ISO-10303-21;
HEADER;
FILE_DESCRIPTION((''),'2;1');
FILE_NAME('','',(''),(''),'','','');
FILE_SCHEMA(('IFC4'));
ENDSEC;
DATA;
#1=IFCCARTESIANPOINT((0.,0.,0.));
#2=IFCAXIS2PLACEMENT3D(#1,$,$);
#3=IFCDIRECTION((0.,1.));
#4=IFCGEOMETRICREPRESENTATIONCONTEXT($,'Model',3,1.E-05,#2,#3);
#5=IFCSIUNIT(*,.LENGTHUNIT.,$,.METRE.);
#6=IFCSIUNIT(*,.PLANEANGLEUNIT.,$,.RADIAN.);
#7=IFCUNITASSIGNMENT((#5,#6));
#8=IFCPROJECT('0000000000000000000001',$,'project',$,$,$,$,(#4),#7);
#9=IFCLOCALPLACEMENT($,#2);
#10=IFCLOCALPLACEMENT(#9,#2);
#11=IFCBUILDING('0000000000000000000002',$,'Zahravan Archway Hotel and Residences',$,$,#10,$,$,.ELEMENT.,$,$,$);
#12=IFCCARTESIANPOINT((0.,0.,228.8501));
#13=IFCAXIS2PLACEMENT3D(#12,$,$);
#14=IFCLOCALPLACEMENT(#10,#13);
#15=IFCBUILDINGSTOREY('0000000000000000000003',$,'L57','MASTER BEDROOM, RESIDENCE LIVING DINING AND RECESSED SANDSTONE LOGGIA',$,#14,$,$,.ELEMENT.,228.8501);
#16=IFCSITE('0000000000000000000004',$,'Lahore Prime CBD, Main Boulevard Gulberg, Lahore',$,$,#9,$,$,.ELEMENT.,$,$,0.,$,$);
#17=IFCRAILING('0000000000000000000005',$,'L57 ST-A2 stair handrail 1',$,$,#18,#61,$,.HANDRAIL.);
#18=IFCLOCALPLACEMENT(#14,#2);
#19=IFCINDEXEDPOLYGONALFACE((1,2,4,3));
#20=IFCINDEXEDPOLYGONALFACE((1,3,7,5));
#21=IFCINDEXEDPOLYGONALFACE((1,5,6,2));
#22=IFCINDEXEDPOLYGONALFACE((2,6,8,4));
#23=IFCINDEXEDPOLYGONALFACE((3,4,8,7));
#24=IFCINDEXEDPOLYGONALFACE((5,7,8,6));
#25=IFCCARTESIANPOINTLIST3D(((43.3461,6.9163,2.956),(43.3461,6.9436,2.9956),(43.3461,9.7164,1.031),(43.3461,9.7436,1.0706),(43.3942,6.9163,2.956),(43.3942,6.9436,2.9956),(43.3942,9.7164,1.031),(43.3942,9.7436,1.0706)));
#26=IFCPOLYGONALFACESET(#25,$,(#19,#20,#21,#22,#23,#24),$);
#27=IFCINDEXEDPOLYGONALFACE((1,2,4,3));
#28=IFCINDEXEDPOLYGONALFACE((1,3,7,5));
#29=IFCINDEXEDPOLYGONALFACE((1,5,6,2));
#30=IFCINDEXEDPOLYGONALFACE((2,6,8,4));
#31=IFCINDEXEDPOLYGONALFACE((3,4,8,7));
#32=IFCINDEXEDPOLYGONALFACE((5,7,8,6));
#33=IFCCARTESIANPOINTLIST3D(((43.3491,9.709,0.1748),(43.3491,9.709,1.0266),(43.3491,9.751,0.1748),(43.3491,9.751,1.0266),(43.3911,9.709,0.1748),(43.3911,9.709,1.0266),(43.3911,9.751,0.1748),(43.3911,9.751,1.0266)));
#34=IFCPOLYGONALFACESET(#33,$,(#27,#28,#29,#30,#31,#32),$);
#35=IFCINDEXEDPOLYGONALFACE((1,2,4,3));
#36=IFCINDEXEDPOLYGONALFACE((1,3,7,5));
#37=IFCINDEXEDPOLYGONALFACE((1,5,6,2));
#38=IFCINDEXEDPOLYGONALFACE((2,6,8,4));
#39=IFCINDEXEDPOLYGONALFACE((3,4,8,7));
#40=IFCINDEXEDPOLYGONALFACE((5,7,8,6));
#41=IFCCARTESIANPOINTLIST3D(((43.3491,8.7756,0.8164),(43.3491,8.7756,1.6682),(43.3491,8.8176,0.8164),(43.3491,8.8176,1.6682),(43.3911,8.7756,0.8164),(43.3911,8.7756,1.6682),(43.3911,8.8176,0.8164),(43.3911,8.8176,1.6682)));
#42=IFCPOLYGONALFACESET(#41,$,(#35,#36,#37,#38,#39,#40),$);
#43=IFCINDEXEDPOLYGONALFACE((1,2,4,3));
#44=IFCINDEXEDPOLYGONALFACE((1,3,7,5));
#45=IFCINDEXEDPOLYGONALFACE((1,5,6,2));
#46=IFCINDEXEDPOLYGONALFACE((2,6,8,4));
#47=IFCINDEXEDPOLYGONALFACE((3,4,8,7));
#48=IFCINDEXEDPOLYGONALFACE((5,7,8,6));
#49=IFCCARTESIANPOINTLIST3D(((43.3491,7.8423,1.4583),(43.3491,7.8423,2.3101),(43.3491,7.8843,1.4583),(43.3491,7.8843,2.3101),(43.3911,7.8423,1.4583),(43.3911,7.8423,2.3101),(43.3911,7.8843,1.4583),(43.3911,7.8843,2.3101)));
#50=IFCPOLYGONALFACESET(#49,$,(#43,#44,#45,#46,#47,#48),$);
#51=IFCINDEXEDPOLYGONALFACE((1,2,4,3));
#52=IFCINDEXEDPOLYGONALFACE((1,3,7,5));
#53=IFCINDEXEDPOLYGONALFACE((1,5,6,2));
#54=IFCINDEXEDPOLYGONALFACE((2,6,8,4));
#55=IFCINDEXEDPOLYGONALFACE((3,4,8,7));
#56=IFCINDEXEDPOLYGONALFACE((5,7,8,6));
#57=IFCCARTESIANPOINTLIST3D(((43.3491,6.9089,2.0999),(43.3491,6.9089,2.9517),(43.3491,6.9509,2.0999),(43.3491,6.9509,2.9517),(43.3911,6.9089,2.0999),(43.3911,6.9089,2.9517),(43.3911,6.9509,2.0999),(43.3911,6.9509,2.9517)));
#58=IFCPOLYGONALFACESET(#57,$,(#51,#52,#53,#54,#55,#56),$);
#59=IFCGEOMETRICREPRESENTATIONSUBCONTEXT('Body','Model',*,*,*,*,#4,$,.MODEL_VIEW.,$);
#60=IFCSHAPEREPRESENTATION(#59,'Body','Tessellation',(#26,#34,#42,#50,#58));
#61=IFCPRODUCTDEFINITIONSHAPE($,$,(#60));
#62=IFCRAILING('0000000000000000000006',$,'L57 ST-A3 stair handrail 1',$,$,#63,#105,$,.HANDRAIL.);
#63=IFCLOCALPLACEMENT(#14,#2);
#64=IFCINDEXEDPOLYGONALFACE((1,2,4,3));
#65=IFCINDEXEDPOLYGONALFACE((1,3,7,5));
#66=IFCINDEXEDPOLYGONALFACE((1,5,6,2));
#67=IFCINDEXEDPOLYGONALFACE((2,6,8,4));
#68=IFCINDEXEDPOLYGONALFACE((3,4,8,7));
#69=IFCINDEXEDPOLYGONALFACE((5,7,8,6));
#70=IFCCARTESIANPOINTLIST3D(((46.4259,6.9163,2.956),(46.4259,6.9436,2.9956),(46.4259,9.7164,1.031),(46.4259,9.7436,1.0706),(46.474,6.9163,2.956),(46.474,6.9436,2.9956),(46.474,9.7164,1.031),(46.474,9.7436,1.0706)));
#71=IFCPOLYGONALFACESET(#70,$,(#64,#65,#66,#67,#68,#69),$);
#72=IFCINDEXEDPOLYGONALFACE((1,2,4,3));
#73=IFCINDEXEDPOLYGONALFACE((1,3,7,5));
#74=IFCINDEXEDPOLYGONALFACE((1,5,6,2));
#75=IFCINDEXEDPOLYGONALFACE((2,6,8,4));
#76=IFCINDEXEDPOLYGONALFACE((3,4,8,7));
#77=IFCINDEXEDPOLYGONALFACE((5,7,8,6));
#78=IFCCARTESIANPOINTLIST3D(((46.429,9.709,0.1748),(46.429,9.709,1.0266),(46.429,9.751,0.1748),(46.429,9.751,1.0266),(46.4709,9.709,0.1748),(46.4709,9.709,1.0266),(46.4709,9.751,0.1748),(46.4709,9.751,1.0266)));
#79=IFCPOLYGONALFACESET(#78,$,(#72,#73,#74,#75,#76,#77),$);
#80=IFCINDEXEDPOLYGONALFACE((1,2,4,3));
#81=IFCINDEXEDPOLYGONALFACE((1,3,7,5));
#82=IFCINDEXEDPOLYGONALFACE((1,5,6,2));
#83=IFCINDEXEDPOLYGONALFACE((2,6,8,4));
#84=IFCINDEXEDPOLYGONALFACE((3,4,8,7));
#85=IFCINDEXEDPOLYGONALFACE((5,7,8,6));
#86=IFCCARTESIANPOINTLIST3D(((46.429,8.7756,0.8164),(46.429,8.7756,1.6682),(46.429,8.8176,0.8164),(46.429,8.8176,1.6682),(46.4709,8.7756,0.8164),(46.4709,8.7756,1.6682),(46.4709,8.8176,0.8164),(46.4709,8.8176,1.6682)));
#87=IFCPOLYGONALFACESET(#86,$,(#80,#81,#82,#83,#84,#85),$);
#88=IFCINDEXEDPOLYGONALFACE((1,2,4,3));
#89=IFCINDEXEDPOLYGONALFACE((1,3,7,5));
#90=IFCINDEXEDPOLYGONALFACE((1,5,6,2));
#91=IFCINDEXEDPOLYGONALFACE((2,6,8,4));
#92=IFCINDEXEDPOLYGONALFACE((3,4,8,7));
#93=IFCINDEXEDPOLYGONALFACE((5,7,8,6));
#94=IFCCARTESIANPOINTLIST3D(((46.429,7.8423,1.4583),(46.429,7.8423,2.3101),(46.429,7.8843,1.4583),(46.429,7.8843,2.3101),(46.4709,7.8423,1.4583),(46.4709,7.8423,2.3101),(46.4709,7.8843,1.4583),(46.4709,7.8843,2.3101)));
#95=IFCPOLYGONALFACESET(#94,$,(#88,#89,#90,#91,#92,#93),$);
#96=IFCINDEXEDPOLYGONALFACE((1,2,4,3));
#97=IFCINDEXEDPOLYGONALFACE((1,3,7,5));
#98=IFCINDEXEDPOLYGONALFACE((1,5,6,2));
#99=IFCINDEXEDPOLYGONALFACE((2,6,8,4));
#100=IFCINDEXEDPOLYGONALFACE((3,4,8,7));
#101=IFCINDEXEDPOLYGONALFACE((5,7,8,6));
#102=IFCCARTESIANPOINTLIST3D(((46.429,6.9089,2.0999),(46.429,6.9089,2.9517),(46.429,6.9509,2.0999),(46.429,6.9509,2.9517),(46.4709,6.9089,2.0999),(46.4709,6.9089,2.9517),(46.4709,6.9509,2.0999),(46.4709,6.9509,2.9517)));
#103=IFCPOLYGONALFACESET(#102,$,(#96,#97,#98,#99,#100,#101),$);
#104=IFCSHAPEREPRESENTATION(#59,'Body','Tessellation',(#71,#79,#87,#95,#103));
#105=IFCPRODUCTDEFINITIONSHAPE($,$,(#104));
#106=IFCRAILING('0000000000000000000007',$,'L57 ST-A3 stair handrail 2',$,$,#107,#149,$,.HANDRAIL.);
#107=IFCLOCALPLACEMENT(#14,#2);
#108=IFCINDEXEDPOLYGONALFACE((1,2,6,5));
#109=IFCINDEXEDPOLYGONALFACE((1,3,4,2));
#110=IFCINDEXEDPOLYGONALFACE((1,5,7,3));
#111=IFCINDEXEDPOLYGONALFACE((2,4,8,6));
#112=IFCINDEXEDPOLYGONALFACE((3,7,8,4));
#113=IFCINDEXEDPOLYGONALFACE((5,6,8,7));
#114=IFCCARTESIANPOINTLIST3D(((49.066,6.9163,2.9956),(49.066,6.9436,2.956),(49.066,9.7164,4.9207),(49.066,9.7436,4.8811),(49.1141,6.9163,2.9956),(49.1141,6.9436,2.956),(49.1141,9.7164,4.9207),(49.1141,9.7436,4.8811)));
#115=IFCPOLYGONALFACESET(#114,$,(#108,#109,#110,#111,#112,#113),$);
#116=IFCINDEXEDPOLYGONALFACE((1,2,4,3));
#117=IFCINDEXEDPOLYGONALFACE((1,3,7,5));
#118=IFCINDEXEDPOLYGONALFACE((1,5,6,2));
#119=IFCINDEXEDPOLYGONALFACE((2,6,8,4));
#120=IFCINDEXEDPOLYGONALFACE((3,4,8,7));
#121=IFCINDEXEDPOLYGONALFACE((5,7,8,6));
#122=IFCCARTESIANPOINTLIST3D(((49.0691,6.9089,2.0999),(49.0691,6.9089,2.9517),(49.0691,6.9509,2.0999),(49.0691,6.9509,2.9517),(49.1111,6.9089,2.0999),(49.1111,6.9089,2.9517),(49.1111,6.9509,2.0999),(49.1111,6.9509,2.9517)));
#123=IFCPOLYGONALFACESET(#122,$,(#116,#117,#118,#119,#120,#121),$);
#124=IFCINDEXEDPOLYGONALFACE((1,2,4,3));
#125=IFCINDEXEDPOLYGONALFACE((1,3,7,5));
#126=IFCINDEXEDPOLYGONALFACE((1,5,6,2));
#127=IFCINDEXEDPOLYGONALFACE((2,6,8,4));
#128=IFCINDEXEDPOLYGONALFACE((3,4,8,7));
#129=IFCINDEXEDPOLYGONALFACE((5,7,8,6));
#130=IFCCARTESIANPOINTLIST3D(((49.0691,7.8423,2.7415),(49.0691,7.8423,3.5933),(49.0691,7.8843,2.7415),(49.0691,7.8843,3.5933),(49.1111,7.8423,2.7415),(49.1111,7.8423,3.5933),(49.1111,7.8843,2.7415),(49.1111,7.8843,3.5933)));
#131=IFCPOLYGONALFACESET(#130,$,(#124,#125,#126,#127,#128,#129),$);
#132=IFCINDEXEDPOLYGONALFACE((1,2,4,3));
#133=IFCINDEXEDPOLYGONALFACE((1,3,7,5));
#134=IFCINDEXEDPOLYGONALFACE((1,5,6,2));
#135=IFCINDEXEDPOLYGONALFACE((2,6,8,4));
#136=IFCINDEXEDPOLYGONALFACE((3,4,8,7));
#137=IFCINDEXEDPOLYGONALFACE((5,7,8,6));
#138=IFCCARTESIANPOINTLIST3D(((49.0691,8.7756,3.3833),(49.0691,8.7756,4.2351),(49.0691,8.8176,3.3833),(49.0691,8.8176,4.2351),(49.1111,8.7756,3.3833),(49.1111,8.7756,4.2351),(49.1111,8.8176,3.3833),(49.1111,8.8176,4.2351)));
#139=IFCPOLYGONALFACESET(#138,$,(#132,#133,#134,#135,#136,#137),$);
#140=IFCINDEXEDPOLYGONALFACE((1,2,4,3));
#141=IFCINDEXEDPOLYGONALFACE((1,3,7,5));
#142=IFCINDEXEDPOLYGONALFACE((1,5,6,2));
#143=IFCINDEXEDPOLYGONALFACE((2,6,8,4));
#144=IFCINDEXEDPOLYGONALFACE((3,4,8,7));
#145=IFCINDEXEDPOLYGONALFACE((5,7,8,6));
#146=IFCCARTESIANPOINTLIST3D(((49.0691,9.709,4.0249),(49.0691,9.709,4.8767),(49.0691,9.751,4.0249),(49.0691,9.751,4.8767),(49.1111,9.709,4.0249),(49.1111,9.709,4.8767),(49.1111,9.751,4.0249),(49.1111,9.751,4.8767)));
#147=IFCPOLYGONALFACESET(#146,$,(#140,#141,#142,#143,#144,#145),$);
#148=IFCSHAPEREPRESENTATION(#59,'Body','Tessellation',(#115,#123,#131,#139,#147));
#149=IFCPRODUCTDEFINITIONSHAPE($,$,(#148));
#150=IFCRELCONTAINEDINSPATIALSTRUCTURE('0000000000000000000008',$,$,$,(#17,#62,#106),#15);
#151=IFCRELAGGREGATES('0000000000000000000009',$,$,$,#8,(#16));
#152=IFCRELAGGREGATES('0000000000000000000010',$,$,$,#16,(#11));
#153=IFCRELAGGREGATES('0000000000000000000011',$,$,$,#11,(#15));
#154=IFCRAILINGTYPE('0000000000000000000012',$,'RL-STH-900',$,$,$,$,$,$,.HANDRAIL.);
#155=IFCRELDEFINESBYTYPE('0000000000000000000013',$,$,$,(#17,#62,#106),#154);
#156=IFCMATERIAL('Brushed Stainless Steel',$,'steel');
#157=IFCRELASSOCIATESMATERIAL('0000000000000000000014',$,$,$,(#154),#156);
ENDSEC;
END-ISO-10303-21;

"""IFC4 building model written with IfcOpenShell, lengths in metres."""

from ifc_helpers import new_model, si_unit, direction, frame, origin, origin_2d, place, context, subcontext, project, spatial, rectangle, extrude, material, type_object, element, save


model = new_model("IFC4")

# Units and contexts
model_context = context("Model", 3, precision=1e-05, world=origin(), true_north=direction((0.0, 1.0)))
body_context = subcontext(model_context, "Body", "Model", "MODEL_VIEW")
ifc_project = project(units=[si_unit("LENGTHUNIT", "METRE"), si_unit("PLANEANGLEUNIT", "RADIAN")], contexts=[model_context])

# Site, building, storey
site_placement = place(None, origin())
site = spatial("IfcSite", under=ifc_project, at=site_placement, Name="Lahore Prime CBD, Main Boulevard Gulberg, Lahore", CompositionType="ELEMENT", RefElevation=0.0)
building_placement = place(site_placement, origin())
building = spatial("IfcBuilding", under=site, at=building_placement, Name="Zahravan Archway Hotel and Residences", CompositionType="ELEMENT")
storey_placement = place(building_placement, frame((0.0, 0.0, 228.8501)))
storey = spatial("IfcBuildingStorey", under=building, at=storey_placement, Name="L57", Description="MASTER BEDROOM, RESIDENCE LIVING DINING AND RECESSED SANDSTONE LOGGIA", CompositionType="ELEMENT", Elevation=228.8501)

# Railings
ifc_material_1 = material(Name="Brushed Stainless Steel", Category="steel")
railing_type_1 = type_object("IfcRailingType", Name="RL-STH-900", PredefinedType="HANDRAIL", material=ifc_material_1)
for number, where, name in (
    (1, (43.3701, 9.73, 0.1748), "L57 ST-A2 stair handrail 1"),
    (2, (46.45, 9.73, 0.1748), "L57 ST-A3 stair handrail 1"),
):
    element("IfcRailing", number, at=place(storey_placement, frame(where)), inside=storey, type_object=railing_type_1, Name=name, PredefinedType="HANDRAIL", context=body_context, shape_type="SweptSolid", body=[
        extrude(rectangle(XDim=0.0481, YDim=0.0481, at=origin_2d()), frame((0.0, 0.0, 0.876), z_axis=(0.0, -0.82404, 0.566532), x_axis=(1.0, 0.0, 0.0)), (0.0, 0.0, 1.0), 3.3979),
        extrude(rectangle(XDim=0.042, YDim=0.042, at=origin_2d()), origin(), (0.0, 0.0, 1.0), 0.8518),
        extrude(rectangle(XDim=0.042, YDim=0.042, at=origin_2d()), frame((0.0, -0.9333, 0.6416)), (0.0, 0.0, 1.0), 0.8518),
        extrude(rectangle(XDim=0.042, YDim=0.042, at=origin_2d()), frame((0.0, -1.8667, 1.2834)), (0.0, 0.0, 1.0), 0.8518),
        extrude(rectangle(XDim=0.042, YDim=0.042, at=origin_2d()), frame((0.0, -2.8, 1.925)), (0.0, 0.0, 1.0), 0.8518),
    ])
railing_1_placement = place(storey_placement, frame((49.0901, 6.9299, 2.0999)))
element("IfcRailing", 3, at=railing_1_placement, inside=storey, type_object=railing_type_1, Name="L57 ST-A3 stair handrail 2", PredefinedType="HANDRAIL", context=body_context, shape_type="SweptSolid", body=[
    extrude(rectangle(XDim=0.0481, YDim=0.0481, at=origin_2d()), frame((0.0, 0.0, 0.876), z_axis=(0.0, 0.82404, 0.566532), x_axis=(-1.0, 0.0, 0.0)), (0.0, 0.0, 1.0), 3.3979),
    extrude(rectangle(XDim=0.042, YDim=0.042, at=origin_2d()), origin(), (0.0, 0.0, 1.0), 0.8518),
    extrude(rectangle(XDim=0.042, YDim=0.042, at=origin_2d()), frame((0.0, 0.9333, 0.6416)), (0.0, 0.0, 1.0), 0.8518),
    extrude(rectangle(XDim=0.042, YDim=0.042, at=origin_2d()), frame((0.0, 1.8667, 1.2834)), (0.0, 0.0, 1.0), 0.8518),
    extrude(rectangle(XDim=0.042, YDim=0.042, at=origin_2d()), frame((0.0, 2.8, 1.925)), (0.0, 0.0, 1.0), 0.8518),
])

save(model, "model.ifc")
